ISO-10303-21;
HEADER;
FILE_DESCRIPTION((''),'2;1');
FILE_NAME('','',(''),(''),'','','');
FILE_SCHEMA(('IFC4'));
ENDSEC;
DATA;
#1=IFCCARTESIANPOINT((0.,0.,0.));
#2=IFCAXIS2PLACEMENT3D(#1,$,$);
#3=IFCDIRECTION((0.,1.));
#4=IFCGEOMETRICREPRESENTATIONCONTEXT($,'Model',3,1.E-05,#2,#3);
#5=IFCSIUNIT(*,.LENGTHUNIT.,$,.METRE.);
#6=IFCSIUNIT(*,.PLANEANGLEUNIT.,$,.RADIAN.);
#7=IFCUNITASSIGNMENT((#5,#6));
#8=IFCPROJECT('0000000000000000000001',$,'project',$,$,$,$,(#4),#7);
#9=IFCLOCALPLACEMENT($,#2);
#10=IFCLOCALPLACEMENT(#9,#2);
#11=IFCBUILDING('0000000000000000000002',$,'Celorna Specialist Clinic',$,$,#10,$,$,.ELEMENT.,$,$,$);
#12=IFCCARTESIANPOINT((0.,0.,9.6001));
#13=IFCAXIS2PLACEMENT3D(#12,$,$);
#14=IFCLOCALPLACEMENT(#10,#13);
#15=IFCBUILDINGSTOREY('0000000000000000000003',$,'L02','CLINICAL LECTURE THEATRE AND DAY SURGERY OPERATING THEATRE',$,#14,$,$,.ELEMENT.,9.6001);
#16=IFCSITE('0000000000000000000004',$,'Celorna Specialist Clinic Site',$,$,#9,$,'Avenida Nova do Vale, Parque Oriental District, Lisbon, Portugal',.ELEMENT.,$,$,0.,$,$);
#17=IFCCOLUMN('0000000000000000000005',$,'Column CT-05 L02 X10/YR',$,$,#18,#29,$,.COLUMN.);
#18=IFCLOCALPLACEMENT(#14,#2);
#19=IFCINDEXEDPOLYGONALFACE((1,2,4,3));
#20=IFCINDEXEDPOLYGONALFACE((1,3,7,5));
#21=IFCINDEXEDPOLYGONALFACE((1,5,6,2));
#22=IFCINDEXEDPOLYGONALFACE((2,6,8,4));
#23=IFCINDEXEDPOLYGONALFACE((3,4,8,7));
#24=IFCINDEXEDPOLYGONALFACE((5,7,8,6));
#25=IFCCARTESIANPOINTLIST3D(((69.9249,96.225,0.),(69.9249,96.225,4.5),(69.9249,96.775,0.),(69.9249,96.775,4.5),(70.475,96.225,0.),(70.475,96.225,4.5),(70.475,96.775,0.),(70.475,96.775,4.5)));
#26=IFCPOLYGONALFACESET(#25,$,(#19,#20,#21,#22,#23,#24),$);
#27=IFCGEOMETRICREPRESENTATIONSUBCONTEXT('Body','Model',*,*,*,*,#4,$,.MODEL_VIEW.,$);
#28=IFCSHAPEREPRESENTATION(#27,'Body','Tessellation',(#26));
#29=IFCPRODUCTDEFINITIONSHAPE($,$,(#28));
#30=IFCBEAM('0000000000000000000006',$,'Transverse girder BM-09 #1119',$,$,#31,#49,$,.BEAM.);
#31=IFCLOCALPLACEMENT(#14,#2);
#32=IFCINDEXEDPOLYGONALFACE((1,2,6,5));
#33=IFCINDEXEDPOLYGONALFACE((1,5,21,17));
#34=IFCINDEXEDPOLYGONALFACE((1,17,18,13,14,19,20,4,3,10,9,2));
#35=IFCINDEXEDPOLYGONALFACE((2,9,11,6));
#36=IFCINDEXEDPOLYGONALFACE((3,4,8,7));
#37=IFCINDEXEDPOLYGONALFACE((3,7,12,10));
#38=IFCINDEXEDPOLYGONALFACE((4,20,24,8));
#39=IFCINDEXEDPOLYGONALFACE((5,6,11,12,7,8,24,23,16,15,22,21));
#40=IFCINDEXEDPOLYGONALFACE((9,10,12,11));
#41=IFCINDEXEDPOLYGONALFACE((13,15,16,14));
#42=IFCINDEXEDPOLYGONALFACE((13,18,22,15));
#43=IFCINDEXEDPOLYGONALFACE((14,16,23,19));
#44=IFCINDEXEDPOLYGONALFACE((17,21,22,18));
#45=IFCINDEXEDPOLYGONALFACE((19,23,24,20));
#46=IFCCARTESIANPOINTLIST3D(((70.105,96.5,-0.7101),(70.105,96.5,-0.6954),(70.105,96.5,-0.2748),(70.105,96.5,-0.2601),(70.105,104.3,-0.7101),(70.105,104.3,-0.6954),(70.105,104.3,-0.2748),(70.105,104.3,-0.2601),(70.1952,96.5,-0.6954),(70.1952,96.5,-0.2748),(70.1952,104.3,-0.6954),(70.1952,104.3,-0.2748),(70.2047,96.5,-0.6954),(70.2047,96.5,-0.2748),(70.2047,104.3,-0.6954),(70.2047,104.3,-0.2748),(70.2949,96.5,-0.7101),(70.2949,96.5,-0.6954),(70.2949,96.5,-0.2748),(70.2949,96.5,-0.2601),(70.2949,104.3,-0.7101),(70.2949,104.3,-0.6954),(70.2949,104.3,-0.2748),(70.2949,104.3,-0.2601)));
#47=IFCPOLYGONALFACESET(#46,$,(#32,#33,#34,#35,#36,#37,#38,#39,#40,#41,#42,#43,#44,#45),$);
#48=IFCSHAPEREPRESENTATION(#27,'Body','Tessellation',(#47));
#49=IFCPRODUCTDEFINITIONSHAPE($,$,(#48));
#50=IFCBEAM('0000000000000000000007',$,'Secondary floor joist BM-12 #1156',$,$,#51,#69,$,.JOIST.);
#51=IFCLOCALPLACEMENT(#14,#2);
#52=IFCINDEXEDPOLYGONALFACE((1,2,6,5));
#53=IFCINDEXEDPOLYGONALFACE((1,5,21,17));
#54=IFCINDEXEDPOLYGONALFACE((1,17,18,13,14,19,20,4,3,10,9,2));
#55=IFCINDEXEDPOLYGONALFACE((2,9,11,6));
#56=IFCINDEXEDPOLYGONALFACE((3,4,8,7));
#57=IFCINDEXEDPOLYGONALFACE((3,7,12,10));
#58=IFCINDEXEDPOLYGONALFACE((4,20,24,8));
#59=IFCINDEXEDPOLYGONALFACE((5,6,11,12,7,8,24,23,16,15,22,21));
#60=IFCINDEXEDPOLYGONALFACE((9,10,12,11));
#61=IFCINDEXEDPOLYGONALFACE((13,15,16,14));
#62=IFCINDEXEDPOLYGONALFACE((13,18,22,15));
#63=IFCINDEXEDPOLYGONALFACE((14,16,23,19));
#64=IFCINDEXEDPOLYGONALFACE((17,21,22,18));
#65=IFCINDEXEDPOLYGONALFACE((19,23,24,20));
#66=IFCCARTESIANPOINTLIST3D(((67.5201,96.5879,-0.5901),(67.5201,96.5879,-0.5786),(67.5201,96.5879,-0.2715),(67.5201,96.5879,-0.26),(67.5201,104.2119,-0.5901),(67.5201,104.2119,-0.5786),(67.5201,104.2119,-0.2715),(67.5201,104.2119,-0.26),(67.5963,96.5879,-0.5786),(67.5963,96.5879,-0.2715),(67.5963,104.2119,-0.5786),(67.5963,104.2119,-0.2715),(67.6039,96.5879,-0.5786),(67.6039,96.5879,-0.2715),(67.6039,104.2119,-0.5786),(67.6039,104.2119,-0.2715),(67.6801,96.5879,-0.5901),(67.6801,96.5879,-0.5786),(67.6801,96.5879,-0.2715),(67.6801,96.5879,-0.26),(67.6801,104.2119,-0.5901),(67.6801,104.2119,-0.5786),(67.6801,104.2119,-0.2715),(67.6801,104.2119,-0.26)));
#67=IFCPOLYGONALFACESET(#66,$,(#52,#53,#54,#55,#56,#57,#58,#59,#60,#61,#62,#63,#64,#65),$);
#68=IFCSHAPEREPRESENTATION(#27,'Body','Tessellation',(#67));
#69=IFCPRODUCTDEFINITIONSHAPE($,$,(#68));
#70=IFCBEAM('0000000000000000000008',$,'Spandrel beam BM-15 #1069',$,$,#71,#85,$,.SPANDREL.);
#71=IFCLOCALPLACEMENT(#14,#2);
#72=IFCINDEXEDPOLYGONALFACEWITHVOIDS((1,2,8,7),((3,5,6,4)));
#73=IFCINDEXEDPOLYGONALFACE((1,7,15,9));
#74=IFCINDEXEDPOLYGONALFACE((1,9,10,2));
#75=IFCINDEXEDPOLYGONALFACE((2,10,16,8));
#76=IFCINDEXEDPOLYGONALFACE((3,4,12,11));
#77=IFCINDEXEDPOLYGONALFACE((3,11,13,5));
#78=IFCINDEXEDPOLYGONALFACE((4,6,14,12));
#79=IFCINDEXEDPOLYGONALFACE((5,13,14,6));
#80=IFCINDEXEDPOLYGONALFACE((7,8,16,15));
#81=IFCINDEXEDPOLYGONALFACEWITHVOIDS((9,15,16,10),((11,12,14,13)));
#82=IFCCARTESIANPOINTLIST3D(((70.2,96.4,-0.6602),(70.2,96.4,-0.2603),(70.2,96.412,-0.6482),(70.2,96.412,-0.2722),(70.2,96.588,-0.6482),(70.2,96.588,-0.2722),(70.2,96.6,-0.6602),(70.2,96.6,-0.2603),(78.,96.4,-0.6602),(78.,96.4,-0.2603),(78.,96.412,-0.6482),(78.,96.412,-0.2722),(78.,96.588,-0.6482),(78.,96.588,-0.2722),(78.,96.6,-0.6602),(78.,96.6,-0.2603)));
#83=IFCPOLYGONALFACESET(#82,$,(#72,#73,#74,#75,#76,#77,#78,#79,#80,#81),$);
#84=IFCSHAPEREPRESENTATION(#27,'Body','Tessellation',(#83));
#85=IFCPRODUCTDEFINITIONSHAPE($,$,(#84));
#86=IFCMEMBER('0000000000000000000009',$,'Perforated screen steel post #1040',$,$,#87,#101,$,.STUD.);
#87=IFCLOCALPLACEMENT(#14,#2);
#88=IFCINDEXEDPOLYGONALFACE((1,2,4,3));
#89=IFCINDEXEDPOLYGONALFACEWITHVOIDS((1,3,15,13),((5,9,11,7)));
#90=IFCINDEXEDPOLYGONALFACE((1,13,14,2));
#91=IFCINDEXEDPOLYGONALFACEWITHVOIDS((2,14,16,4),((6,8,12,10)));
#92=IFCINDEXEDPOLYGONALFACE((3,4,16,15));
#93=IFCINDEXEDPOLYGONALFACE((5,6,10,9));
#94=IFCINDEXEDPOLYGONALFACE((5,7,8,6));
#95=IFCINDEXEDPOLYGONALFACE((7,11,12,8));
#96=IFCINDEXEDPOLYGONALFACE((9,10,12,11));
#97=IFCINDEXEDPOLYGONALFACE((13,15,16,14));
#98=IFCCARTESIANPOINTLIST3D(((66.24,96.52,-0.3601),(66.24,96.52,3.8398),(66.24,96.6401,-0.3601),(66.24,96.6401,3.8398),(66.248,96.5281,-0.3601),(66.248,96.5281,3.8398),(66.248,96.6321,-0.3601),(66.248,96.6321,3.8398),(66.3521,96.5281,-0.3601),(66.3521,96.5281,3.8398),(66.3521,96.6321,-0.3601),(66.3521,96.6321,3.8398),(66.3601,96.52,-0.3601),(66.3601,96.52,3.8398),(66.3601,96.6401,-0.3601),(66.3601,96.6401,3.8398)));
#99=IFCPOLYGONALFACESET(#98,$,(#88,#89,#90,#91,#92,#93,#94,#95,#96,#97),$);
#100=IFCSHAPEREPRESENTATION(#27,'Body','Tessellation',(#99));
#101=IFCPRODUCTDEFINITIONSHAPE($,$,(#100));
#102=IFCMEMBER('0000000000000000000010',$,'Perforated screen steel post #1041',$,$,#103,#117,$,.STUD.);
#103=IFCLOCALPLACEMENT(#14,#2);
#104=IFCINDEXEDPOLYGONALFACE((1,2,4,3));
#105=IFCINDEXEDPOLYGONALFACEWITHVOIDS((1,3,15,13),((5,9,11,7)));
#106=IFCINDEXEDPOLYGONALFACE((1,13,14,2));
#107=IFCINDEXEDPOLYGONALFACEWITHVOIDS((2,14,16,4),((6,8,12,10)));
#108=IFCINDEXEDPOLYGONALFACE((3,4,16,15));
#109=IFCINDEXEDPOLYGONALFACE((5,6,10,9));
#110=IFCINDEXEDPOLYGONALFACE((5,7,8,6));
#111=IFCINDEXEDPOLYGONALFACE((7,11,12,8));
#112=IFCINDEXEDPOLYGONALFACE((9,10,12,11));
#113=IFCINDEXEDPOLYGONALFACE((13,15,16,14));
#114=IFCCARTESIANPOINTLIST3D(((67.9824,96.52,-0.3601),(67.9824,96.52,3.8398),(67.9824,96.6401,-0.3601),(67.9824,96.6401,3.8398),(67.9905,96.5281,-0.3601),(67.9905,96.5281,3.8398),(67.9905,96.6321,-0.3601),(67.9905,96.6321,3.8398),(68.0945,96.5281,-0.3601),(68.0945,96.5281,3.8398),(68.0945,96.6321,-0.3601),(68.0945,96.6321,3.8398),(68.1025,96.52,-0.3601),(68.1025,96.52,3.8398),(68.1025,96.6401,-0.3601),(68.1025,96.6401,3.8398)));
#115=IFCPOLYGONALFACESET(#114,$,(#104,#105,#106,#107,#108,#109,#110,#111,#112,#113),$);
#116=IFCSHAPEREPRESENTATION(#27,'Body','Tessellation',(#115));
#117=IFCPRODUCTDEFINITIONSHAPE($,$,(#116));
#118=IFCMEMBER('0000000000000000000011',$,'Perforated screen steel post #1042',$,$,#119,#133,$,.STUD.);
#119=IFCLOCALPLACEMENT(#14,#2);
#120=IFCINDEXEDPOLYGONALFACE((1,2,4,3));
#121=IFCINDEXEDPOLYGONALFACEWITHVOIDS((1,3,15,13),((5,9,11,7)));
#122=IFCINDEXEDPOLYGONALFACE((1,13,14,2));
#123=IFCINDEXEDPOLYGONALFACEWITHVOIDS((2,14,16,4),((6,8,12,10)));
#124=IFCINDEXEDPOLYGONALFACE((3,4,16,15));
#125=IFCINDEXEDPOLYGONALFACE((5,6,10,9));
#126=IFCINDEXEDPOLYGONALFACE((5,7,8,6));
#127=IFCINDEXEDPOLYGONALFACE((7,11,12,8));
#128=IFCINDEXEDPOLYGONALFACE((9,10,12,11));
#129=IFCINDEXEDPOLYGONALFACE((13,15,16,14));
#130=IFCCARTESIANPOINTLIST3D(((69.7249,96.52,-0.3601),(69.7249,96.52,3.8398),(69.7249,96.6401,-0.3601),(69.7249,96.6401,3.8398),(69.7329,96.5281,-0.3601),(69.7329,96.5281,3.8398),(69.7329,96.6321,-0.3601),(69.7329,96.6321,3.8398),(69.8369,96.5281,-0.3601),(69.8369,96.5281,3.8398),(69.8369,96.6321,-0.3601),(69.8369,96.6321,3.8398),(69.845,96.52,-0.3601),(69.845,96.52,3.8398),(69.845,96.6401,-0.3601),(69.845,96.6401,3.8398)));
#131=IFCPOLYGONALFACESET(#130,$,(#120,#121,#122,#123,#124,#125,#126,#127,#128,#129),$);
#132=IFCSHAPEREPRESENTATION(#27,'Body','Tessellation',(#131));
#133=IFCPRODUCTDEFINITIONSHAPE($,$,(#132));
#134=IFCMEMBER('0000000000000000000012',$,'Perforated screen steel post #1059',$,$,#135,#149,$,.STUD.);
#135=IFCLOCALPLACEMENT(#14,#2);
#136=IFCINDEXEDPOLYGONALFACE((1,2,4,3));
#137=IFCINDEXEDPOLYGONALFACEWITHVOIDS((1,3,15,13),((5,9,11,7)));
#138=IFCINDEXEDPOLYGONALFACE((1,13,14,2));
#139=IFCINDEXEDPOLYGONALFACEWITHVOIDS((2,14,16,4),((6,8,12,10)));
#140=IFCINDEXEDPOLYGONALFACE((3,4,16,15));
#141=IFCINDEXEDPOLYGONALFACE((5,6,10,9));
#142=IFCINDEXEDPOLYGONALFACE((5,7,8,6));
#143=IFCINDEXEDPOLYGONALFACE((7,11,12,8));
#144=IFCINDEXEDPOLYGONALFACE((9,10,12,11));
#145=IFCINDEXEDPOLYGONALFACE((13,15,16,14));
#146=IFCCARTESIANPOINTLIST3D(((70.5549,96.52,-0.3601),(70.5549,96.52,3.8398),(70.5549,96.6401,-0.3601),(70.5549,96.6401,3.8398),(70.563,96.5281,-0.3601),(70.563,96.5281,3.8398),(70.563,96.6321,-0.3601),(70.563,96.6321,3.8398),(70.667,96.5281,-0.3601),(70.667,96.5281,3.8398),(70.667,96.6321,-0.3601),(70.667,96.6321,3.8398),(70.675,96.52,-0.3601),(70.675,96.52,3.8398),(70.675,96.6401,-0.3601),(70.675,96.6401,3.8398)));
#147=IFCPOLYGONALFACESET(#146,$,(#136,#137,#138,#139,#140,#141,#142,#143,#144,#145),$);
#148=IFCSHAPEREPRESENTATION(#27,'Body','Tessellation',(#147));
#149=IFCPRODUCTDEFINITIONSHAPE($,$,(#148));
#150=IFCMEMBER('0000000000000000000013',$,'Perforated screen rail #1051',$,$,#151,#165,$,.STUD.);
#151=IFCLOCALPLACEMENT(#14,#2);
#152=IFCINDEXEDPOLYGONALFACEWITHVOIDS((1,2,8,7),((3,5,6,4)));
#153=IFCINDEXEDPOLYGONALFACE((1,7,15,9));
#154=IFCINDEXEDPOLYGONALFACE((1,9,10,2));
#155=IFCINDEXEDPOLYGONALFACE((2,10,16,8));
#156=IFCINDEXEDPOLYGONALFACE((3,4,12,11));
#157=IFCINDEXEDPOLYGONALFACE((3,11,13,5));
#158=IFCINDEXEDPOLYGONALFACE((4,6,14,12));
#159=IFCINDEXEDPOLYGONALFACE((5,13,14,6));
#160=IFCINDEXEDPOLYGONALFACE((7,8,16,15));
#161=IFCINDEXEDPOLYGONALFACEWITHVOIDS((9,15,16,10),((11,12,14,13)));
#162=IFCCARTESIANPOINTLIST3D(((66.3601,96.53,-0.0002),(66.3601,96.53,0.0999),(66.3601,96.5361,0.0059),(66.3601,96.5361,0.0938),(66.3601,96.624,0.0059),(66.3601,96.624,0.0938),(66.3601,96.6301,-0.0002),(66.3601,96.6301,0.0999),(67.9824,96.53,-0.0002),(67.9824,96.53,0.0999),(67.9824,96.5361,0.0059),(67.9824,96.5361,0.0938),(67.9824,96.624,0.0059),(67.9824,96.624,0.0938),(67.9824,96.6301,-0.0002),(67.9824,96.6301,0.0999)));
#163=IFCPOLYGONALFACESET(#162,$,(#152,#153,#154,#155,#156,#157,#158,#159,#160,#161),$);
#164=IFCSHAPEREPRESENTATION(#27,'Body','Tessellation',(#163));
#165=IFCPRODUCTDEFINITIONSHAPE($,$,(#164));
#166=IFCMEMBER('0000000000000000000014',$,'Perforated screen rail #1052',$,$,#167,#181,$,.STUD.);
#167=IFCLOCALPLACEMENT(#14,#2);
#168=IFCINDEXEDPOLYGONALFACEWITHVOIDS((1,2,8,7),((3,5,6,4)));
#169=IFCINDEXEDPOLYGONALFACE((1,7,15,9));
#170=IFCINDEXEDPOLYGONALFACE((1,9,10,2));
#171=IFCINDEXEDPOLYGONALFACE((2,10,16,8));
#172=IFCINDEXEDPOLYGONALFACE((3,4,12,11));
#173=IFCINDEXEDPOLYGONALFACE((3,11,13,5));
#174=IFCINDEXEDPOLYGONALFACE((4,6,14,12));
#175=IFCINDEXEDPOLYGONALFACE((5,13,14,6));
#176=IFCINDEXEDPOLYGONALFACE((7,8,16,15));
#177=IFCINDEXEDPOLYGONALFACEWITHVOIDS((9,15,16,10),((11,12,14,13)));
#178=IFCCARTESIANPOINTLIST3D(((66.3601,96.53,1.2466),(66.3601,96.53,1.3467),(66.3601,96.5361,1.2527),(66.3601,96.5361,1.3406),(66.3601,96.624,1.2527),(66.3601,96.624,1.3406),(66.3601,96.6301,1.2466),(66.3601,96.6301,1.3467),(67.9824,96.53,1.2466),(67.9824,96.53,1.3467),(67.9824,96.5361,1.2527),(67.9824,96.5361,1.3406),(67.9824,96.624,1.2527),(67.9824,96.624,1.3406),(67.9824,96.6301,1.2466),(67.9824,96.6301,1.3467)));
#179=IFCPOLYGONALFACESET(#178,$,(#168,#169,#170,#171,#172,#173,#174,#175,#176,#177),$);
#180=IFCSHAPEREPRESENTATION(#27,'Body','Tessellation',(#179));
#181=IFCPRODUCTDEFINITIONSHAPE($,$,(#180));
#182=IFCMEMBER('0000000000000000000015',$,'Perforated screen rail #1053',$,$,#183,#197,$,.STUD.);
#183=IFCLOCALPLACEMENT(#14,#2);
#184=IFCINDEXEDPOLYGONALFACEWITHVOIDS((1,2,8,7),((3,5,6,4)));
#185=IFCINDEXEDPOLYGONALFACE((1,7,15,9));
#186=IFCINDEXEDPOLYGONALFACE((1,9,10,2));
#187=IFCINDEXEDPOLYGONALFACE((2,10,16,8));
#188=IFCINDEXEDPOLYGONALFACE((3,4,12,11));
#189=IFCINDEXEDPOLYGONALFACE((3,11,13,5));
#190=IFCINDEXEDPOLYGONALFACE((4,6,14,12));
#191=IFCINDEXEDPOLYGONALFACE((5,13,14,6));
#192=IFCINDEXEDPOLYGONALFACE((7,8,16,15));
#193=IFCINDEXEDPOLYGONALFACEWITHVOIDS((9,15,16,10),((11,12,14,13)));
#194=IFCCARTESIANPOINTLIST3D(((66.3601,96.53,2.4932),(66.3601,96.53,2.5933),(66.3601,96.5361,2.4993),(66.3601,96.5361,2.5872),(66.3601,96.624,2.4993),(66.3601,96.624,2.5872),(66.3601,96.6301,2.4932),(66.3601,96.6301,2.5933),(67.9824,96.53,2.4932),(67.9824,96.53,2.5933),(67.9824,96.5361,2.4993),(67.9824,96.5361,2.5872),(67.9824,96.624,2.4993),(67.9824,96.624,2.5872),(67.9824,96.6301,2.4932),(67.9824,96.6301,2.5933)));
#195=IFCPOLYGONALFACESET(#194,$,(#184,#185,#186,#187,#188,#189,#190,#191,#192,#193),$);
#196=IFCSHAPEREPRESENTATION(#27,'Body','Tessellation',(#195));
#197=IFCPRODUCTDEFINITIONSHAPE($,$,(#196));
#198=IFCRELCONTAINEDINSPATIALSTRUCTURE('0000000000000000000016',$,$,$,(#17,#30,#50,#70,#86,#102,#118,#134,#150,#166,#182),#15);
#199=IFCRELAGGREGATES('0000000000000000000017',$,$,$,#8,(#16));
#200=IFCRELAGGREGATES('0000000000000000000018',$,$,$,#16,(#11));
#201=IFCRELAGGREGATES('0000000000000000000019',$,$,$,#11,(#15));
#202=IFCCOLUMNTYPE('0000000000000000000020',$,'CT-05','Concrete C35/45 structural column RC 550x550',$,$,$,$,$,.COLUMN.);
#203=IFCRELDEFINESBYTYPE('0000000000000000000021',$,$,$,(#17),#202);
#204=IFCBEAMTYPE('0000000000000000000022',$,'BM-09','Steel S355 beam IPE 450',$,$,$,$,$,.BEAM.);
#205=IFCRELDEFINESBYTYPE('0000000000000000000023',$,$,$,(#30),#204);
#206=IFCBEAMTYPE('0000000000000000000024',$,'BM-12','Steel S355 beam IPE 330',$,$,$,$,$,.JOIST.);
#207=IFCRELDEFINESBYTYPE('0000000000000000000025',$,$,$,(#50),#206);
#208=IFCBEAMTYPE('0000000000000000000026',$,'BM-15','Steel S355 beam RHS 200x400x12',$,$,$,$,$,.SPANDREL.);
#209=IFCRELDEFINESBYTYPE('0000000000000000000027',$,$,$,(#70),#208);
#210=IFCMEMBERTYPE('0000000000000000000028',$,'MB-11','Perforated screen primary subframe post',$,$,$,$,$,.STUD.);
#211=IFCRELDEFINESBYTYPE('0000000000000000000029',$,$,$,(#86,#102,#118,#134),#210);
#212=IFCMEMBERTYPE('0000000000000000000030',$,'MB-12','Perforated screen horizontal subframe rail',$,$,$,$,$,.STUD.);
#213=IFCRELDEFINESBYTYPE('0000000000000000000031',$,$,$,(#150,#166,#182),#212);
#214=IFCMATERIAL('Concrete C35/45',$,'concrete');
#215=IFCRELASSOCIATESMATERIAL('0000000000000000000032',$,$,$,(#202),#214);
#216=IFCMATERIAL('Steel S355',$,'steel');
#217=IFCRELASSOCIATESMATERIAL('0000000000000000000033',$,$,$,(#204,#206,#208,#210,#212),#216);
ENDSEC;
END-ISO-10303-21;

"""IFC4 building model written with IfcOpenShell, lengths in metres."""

from ifc_helpers import new_model, si_unit, direction, frame, origin, origin_2d, place, context, subcontext, project, spatial, rectangle, hollow_rectangle, i_section, extrude, material, material_profile, profile_set, type_object, element, save


model = new_model("IFC4")

# Units and contexts
model_context = context("Model", 3, precision=1e-05, world=origin(), true_north=direction((0.0, 1.0)))
body_context = subcontext(model_context, "Body", "Model", "MODEL_VIEW")
ifc_project = project(units=[si_unit("LENGTHUNIT", "METRE"), si_unit("PLANEANGLEUNIT", "RADIAN")], contexts=[model_context])

# Site, building, storey
site_placement = place(None, origin())
site = spatial("IfcSite", under=ifc_project, at=site_placement, Name="Celorna Specialist Clinic Site", LongName="Avenida Nova do Vale, Parque Oriental District, Lisbon, Portugal", CompositionType="ELEMENT", RefElevation=0.0)
building_placement = place(site_placement, origin())
building = spatial("IfcBuilding", under=site, at=building_placement, Name="Celorna Specialist Clinic", CompositionType="ELEMENT")
storey_placement = place(building_placement, frame((0.0, 0.0, 9.6001)))
storey = spatial("IfcBuildingStorey", under=building, at=storey_placement, Name="L02", Description="CLINICAL LECTURE THEATRE AND DAY SURGERY OPERATING THEATRE", CompositionType="ELEMENT", Elevation=9.6001)

# Column
ifc_material_1 = material(Name="Concrete C35/45", Category="concrete")
ifc_material_profile_1 = material_profile(ifc_material_1, rectangle(XDim=0.55, YDim=0.55, at=origin_2d()), Name="RC 550x550")
ifc_profile_set_1 = profile_set([ifc_material_profile_1], Name="Concrete C35/45")
column_type = type_object("IfcColumnType", Name="CT-05", Description="Concrete C35/45 structural column RC 550x550", PredefinedType="COLUMN", material=ifc_profile_set_1)
column_placement = place(storey_placement, frame((70.2, 96.5, 0.0), z_axis=(0.0, 0.0, 1.0), x_axis=(1.0, 0.0, 0.0)))
element("IfcColumn", 1, at=column_placement, inside=storey, type_object=column_type, Name="Column CT-05 L02 X10/YR", PredefinedType="COLUMN", context=body_context, shape_type="SweptSolid", body=[
    extrude(rectangle(XDim=0.55, YDim=0.55, at=origin_2d()), origin(), (0.0, 0.0, 1.0), 4.5),
])

# Beams
ifc_material_2 = material(Name="Steel S355", Category="steel")
ifc_material_profile_2 = material_profile(ifc_material_2, i_section(OverallWidth=0.1899, OverallDepth=0.45, WebThickness=0.0095, FlangeThickness=0.0146, at=origin_2d()), Name="IPE 450")
ifc_profile_set_2 = profile_set([ifc_material_profile_2], Name="Steel S355")
beam_type_1 = type_object("IfcBeamType", Name="BM-09", Description="Steel S355 beam IPE 450", PredefinedType="BEAM", material=ifc_profile_set_2)
beam_1_placement = place(storey_placement, frame((70.2, 96.5, -0.4851), z_axis=(0.0, 1.0, 0.0), x_axis=(-1.0, 0.0, 0.0)))
element("IfcBeam", 2, at=beam_1_placement, inside=storey, type_object=beam_type_1, Name="Transverse girder BM-09 #1119", PredefinedType="BEAM", context=body_context, shape_type="SweptSolid", body=[
    extrude(i_section(OverallWidth=0.1899, OverallDepth=0.45, WebThickness=0.0095, FlangeThickness=0.0146, at=origin_2d()), origin(), (0.0, 0.0, 1.0), 7.8),
])
ifc_material_profile_3 = material_profile(ifc_material_2, i_section(OverallWidth=0.1599, OverallDepth=0.3301, WebThickness=0.0076, FlangeThickness=0.0115, at=origin_2d()), Name="IPE 330")
ifc_profile_set_3 = profile_set([ifc_material_profile_3], Name="Steel S355")
beam_type_2 = type_object("IfcBeamType", Name="BM-12", Description="Steel S355 beam IPE 330", PredefinedType="JOIST", material=ifc_profile_set_3)
beam_2_placement = place(storey_placement, frame((67.6001, 96.5879, -0.425), z_axis=(0.0, 1.0, 0.0), x_axis=(-1.0, 0.0, 0.0)))
element("IfcBeam", 3, at=beam_2_placement, inside=storey, type_object=beam_type_2, Name="Secondary floor joist BM-12 #1156", PredefinedType="JOIST", context=body_context, shape_type="SweptSolid", body=[
    extrude(i_section(OverallWidth=0.1599, OverallDepth=0.3301, WebThickness=0.0076, FlangeThickness=0.0115, at=origin_2d()), origin(), (0.0, 0.0, 1.0), 7.624),
])
ifc_material_profile_4 = material_profile(ifc_material_2, hollow_rectangle(XDim=0.2, YDim=0.3999, WallThickness=0.012, at=origin_2d()), Name="RHS 200x400x12")
ifc_profile_set_4 = profile_set([ifc_material_profile_4], Name="Steel S355")
beam_type_3 = type_object("IfcBeamType", Name="BM-15", Description="Steel S355 beam RHS 200x400x12", PredefinedType="SPANDREL", material=ifc_profile_set_4)
beam_3_placement = place(storey_placement, frame((70.2, 96.5, -0.4602), z_axis=(1.0, 0.0, 0.0), x_axis=(0.0, 1.0, 0.0)))
element("IfcBeam", 4, at=beam_3_placement, inside=storey, type_object=beam_type_3, Name="Spandrel beam BM-15 #1069", PredefinedType="SPANDREL", context=body_context, shape_type="SweptSolid", body=[
    extrude(hollow_rectangle(XDim=0.2, YDim=0.3999, WallThickness=0.012, at=origin_2d()), origin(), (0.0, 0.0, 1.0), 7.8),
])

# Members
ifc_material_profile_5 = material_profile(ifc_material_2, hollow_rectangle(XDim=0.1201, YDim=0.1201, WallThickness=0.0081, at=origin_2d()), Name="SHS 120x120x8")
ifc_profile_set_5 = profile_set([ifc_material_profile_5], Name="Steel S355")
member_type_1 = type_object("IfcMemberType", Name="MB-11", Description="Perforated screen primary subframe post", PredefinedType="STUD", material=ifc_profile_set_5)
for number, where, z_axis, x_axis, name in (
    (5, (66.3, 96.5801, -0.3601), (0.0, 0.0, 1.0), (1.0, 0.0, 0.0), "Perforated screen steel post #1040"),
    (6, (68.0425, 96.5801, -0.3601), (0.0, 0.0, 1.0), (1.0, 0.0, 0.0), "Perforated screen steel post #1041"),
    (7, (69.7849, 96.5801, -0.3601), (0.0, 0.0, 1.0), (1.0, 0.0, 0.0), "Perforated screen steel post #1042"),
    (8, (70.615, 96.5801, -0.3601), (0.0, 0.0, 1.0), (1.0, 0.0, 0.0), "Perforated screen steel post #1059"),
):
    element("IfcMember", number, at=place(storey_placement, frame(where, z_axis=z_axis, x_axis=x_axis)), inside=storey, type_object=member_type_1, Name=name, PredefinedType="STUD", context=body_context, shape_type="SweptSolid", body=[
        extrude(hollow_rectangle(XDim=0.1201, YDim=0.1201, WallThickness=0.0081, at=origin_2d()), origin(), (0.0, 0.0, 1.0), 4.2),
    ])
ifc_material_profile_6 = material_profile(ifc_material_2, hollow_rectangle(XDim=0.1001, YDim=0.1001, WallThickness=0.0061, at=origin_2d()), Name="SHS 100x100x6")
ifc_profile_set_6 = profile_set([ifc_material_profile_6], Name="Steel S355")
member_type_2 = type_object("IfcMemberType", Name="MB-12", Description="Perforated screen horizontal subframe rail", PredefinedType="STUD", material=ifc_profile_set_6)
for number, where, z_axis, x_axis, name in (
    (9, (66.3601, 96.5801, 0.0498), (1.0, 0.0, 0.0), (0.0, 1.0, 0.0), "Perforated screen rail #1051"),
    (10, (66.3601, 96.5801, 1.2966), (1.0, 0.0, 0.0), (0.0, 1.0, 0.0), "Perforated screen rail #1052"),
    (11, (66.3601, 96.5801, 2.5432), (1.0, 0.0, 0.0), (0.0, 1.0, 0.0), "Perforated screen rail #1053"),
):
    element("IfcMember", number, at=place(storey_placement, frame(where, z_axis=z_axis, x_axis=x_axis)), inside=storey, type_object=member_type_2, Name=name, PredefinedType="STUD", context=body_context, shape_type="SweptSolid", body=[
        extrude(hollow_rectangle(XDim=0.1001, YDim=0.1001, WallThickness=0.0061, at=origin_2d()), origin(), (0.0, 0.0, 1.0), 1.6223),
    ])

save(model, "model.ifc")
